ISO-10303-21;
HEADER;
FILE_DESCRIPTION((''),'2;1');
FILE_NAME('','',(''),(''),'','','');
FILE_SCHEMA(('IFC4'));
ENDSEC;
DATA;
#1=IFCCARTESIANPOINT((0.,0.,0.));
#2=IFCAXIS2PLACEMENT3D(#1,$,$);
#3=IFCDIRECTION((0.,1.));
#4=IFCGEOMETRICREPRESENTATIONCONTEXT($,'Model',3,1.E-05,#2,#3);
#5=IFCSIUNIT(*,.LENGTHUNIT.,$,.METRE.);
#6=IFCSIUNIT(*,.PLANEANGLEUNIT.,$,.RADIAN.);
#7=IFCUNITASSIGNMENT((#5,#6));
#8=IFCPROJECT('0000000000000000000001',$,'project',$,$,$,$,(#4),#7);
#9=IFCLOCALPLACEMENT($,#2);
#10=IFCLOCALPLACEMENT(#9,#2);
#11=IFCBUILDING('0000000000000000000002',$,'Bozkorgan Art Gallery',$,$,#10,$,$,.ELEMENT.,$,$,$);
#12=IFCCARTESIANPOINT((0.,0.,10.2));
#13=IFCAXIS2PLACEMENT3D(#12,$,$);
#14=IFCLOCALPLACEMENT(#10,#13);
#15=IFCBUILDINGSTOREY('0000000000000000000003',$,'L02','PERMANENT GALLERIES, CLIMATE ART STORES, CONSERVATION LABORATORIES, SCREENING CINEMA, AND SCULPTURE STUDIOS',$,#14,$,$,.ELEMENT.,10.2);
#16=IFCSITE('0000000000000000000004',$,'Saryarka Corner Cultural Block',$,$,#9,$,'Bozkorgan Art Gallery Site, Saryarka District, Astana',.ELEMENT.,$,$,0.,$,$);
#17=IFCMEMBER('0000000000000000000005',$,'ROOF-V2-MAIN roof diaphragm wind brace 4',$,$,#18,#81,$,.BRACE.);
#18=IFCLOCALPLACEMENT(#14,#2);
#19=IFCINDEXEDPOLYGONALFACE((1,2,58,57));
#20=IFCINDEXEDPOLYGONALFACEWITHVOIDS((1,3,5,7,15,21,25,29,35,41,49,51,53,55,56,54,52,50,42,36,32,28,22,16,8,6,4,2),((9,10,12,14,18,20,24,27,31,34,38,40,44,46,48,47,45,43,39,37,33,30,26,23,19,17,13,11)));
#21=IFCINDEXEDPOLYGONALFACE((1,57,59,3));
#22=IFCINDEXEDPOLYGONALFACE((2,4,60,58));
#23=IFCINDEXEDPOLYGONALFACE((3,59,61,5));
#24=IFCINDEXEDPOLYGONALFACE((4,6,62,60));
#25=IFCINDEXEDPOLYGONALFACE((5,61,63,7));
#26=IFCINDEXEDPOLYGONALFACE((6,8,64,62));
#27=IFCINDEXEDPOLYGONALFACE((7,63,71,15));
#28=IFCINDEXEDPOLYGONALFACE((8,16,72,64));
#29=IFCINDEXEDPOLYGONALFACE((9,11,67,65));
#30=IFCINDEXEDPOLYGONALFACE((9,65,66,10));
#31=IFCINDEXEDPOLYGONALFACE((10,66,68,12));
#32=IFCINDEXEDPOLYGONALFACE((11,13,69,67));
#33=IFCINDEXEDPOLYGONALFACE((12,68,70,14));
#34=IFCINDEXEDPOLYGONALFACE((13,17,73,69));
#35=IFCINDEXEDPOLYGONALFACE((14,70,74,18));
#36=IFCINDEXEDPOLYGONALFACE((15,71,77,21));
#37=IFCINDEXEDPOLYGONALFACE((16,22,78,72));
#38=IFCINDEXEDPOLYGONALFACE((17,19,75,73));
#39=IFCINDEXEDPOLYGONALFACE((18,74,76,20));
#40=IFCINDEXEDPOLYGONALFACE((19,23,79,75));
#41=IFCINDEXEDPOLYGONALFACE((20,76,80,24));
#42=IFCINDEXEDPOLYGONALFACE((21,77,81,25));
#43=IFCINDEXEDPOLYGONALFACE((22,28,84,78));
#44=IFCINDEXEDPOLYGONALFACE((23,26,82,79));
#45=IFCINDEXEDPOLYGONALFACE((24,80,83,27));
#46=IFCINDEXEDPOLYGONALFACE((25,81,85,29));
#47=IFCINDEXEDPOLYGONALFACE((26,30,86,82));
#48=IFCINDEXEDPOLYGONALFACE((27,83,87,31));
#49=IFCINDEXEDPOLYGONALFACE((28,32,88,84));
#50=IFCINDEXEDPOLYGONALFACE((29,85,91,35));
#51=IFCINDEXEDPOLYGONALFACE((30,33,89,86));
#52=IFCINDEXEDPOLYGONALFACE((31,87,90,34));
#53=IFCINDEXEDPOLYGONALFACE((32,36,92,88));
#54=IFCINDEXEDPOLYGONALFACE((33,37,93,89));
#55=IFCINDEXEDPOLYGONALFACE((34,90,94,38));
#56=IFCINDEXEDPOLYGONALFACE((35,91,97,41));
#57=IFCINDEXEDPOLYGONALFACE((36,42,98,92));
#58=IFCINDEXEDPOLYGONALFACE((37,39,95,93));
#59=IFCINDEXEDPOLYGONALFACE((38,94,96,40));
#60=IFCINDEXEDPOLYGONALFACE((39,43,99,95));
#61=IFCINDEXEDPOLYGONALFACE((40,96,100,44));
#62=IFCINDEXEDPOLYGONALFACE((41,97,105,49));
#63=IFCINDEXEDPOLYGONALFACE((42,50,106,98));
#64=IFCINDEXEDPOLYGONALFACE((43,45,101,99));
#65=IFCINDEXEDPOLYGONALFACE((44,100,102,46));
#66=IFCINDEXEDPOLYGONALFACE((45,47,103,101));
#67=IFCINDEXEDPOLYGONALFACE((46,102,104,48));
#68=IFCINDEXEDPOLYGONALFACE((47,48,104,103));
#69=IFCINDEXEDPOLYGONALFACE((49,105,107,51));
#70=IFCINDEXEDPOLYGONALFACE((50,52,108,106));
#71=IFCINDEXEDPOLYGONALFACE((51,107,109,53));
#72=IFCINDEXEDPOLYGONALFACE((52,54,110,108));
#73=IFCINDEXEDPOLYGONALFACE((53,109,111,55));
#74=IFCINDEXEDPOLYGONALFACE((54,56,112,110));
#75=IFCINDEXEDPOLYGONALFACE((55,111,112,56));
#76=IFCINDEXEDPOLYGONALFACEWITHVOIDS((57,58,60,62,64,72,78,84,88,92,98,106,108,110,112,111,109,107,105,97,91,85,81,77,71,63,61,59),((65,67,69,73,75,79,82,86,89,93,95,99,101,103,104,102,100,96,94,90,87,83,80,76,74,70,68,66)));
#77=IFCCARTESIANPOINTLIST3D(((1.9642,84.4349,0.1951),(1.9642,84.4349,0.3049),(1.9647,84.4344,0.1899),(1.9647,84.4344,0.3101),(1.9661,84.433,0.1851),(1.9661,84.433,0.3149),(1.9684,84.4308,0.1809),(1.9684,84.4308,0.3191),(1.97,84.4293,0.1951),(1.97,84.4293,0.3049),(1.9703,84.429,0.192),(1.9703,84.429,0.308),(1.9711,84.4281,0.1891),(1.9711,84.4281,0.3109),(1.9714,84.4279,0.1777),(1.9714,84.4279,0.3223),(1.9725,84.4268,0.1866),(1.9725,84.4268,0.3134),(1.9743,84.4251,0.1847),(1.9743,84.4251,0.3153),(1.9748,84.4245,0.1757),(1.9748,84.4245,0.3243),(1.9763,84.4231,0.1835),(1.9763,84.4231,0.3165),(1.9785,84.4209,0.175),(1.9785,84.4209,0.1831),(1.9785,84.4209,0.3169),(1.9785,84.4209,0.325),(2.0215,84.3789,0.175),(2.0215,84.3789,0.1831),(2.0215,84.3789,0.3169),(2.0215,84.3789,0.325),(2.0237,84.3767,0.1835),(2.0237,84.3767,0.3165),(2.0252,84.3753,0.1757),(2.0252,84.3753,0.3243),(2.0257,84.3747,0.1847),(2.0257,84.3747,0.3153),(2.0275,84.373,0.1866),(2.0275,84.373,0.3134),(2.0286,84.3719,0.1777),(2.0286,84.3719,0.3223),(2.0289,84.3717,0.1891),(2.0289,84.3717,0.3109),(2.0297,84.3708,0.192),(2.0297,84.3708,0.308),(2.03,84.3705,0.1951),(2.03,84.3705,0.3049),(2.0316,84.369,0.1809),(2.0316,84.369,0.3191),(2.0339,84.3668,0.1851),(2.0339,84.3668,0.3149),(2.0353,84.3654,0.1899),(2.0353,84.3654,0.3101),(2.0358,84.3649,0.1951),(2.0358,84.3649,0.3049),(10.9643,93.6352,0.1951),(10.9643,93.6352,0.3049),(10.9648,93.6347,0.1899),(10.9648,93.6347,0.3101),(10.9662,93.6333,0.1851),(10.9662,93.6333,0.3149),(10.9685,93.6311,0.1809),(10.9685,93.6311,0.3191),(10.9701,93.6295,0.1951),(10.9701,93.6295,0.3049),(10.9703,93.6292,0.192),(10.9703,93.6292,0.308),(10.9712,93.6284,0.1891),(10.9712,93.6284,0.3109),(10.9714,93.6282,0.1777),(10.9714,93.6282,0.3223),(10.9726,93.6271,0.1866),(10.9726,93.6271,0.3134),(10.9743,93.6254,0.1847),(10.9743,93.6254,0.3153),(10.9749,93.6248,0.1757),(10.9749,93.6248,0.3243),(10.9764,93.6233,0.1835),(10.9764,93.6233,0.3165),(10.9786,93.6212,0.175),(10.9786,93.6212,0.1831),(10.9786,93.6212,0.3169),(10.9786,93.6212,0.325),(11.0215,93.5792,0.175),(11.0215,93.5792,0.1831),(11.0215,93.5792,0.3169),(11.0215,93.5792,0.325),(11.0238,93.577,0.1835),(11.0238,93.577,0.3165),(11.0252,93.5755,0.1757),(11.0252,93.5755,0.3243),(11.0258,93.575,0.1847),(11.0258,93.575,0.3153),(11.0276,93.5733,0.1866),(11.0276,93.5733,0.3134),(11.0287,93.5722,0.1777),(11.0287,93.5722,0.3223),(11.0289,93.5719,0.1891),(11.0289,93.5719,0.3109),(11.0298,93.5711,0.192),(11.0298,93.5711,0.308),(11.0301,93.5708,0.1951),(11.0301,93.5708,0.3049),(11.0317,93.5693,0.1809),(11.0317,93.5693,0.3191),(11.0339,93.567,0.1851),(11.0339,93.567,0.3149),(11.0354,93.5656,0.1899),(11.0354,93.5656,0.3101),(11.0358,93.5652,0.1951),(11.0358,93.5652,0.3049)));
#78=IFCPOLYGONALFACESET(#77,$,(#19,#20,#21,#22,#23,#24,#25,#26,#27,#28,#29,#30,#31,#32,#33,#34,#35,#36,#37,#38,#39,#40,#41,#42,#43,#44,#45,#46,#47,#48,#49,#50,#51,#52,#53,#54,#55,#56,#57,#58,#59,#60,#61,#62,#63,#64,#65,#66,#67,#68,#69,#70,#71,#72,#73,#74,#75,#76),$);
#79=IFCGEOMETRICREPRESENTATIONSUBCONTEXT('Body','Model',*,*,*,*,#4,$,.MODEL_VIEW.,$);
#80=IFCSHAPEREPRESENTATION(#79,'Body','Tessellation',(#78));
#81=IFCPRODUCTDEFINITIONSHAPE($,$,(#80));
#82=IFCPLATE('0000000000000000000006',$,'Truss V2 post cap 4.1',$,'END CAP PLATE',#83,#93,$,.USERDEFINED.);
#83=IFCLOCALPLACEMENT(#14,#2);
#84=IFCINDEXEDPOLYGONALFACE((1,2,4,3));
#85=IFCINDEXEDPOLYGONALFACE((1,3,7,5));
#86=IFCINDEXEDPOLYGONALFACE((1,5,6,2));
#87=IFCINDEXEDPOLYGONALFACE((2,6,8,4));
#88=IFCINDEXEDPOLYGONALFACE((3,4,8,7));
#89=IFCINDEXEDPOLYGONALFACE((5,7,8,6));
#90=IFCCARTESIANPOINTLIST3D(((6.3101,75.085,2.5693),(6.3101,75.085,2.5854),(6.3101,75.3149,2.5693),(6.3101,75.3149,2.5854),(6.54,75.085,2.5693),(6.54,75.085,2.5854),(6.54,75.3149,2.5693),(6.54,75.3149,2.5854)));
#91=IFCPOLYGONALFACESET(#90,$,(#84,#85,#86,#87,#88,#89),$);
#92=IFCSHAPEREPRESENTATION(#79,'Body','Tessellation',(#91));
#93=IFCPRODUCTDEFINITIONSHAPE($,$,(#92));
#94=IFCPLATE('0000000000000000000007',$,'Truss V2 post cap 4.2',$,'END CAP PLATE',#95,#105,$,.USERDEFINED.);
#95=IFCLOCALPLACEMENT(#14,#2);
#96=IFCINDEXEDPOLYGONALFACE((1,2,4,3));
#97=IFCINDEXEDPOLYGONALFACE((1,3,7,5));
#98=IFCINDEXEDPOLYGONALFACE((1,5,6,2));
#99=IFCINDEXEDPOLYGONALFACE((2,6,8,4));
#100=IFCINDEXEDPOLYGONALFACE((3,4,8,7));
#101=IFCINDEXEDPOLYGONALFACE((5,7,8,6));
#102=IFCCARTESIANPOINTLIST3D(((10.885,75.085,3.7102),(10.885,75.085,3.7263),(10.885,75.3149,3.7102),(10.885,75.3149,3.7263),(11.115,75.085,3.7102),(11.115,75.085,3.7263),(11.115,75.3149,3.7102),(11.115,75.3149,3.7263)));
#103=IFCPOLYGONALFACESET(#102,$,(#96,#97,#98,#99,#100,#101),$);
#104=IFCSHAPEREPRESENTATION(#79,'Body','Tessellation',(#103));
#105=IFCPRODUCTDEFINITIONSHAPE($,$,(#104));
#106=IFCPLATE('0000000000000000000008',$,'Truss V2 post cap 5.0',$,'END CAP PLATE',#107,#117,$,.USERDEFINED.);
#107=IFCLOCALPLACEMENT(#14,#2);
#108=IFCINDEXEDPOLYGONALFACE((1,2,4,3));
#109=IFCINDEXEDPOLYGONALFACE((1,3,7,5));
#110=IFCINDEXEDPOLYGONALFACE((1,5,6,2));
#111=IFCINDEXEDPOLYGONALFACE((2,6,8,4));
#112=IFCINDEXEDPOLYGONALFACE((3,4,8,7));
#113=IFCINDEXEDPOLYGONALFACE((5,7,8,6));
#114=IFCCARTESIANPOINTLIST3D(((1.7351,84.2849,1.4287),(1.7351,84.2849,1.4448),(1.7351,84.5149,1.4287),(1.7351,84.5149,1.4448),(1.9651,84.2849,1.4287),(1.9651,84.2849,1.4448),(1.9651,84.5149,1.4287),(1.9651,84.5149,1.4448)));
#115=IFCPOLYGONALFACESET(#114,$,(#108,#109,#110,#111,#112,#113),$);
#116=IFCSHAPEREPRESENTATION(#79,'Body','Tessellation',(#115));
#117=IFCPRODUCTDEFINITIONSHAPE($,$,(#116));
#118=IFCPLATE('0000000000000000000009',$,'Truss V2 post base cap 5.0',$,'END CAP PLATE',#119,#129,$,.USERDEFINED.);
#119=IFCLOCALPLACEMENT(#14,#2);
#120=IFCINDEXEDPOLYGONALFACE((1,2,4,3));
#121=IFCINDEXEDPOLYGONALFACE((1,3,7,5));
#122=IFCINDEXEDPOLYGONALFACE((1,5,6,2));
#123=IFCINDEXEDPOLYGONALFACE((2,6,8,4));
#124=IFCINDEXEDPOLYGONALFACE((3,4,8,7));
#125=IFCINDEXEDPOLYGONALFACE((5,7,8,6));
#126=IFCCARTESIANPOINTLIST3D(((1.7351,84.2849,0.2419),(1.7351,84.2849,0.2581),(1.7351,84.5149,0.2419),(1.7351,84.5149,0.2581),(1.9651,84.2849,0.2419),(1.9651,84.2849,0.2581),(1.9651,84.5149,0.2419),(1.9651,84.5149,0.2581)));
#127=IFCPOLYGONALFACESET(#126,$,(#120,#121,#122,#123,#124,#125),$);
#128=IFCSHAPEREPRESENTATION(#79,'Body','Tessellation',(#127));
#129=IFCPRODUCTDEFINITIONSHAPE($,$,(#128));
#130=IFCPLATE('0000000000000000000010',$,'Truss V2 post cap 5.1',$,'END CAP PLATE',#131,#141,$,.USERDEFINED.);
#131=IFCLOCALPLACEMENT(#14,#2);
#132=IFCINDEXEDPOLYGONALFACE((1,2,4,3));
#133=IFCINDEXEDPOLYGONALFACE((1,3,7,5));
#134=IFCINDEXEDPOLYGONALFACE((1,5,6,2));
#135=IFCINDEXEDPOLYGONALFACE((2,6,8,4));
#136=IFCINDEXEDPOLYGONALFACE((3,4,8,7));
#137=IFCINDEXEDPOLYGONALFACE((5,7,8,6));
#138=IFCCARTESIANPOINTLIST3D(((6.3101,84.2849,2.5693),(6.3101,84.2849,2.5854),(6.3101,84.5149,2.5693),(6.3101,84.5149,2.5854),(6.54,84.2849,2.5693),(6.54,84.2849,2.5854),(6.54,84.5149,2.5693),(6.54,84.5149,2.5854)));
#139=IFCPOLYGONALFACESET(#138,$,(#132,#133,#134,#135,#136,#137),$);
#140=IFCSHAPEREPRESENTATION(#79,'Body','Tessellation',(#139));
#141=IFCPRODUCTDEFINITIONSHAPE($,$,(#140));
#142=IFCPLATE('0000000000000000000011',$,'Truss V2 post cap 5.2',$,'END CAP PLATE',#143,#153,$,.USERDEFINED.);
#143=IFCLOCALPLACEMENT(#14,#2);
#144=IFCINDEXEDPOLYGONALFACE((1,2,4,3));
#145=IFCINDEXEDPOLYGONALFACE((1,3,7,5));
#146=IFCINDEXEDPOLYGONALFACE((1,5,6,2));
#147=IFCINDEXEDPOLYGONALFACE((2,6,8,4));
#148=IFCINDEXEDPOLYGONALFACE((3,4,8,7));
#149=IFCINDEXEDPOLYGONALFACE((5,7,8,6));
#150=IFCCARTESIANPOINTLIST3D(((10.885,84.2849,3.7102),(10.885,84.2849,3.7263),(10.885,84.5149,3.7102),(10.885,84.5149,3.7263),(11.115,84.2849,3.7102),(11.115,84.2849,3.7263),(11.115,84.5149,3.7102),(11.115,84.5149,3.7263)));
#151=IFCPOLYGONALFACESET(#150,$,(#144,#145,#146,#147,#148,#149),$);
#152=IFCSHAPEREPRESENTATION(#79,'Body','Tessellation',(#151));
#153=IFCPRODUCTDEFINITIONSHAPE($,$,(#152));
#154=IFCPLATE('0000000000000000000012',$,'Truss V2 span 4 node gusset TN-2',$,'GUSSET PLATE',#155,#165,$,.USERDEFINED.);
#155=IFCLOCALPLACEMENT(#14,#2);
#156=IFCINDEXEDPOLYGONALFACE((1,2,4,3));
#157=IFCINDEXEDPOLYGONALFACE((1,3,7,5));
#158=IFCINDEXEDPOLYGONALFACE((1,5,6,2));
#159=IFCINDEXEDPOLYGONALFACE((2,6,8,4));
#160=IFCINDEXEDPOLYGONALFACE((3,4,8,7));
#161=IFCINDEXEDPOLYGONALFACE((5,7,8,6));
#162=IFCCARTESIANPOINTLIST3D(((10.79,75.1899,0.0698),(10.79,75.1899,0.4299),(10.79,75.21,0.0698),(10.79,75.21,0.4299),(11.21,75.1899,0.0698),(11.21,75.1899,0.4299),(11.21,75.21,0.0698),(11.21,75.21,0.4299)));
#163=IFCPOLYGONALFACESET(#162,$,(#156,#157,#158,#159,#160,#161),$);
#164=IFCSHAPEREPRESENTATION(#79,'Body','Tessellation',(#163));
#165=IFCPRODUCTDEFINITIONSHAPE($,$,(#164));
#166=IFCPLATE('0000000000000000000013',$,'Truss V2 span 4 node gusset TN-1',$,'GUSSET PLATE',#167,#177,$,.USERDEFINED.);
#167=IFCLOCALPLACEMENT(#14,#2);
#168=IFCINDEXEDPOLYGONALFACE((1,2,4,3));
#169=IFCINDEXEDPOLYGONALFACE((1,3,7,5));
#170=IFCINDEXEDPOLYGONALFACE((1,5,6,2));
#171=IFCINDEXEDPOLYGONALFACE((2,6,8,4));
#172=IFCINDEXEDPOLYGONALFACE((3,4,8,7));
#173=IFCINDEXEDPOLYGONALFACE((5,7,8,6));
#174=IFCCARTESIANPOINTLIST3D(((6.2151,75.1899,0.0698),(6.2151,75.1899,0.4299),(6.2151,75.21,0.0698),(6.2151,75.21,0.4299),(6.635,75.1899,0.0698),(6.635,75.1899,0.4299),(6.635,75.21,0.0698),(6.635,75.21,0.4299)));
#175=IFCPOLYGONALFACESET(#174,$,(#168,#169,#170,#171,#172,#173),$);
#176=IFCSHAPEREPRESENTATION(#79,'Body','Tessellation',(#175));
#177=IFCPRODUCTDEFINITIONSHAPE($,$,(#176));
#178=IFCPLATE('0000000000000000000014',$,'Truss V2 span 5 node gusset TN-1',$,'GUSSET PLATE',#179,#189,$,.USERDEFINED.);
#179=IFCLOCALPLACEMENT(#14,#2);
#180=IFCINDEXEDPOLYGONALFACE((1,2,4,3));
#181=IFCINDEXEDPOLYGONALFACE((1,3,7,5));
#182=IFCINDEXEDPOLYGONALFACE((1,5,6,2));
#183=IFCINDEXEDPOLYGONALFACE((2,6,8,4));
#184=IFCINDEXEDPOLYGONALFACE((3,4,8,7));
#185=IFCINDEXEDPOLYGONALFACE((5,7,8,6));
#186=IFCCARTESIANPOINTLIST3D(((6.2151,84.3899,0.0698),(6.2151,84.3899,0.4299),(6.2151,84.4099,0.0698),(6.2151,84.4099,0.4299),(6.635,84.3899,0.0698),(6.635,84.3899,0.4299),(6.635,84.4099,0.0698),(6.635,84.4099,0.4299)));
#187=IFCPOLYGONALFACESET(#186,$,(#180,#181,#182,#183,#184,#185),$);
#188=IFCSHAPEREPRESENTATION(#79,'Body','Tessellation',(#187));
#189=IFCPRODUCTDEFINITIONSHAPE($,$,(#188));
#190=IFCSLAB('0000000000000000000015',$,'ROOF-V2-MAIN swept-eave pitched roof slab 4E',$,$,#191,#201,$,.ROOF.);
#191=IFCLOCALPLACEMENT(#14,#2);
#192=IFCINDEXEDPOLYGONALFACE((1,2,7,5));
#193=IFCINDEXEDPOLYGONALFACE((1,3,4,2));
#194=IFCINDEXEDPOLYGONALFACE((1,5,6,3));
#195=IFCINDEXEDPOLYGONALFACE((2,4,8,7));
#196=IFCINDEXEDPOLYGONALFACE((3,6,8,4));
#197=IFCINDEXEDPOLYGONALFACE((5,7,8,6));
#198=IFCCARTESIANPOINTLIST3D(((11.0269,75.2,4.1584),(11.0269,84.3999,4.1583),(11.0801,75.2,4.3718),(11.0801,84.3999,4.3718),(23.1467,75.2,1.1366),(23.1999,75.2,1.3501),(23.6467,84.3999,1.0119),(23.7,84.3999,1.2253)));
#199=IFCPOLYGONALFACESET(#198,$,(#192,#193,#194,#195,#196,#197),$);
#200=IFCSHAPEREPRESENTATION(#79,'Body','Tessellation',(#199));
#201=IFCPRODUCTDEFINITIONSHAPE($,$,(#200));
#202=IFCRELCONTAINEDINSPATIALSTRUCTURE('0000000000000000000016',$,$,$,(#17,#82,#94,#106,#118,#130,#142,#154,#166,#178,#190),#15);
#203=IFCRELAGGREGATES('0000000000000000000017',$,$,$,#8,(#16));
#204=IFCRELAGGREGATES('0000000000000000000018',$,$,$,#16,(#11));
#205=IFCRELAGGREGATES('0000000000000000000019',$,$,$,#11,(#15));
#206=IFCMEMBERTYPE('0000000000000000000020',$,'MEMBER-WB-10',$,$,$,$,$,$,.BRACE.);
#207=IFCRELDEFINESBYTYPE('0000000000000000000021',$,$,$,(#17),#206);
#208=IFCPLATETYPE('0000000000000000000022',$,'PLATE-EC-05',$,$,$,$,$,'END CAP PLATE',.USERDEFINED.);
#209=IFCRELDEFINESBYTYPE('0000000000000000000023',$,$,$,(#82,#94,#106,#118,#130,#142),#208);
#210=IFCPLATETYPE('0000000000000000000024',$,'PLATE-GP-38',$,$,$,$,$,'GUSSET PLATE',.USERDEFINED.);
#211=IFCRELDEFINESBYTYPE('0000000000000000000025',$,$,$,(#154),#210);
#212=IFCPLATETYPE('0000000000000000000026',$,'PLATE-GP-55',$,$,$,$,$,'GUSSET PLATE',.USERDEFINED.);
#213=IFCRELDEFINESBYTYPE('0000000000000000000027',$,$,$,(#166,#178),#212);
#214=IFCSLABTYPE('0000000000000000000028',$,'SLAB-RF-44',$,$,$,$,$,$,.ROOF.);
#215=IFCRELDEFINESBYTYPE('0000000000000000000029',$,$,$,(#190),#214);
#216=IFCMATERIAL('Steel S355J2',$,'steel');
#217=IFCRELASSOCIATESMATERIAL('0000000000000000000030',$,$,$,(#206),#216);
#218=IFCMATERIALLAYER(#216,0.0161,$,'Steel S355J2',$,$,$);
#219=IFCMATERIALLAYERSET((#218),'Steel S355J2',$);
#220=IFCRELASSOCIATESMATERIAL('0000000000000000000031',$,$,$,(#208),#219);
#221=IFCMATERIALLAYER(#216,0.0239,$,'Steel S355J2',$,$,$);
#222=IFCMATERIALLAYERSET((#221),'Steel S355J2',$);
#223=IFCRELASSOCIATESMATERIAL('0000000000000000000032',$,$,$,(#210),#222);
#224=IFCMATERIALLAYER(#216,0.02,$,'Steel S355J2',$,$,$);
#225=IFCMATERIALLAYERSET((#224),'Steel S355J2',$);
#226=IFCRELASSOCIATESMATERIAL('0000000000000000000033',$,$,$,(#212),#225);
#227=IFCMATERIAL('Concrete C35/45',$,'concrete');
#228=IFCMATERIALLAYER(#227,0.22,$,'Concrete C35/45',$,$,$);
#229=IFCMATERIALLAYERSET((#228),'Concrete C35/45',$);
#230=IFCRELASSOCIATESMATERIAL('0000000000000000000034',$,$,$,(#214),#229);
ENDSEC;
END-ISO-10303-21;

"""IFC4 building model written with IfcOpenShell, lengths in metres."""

from ifc_helpers import new_model, si_unit, direction, frame, origin, origin_2d, place, context, subcontext, project, spatial, polyline, rectangle, hollow_rectangle, outline, extrude, material, layer, layer_set, material_profile, profile_set, type_object, element, save


model = new_model("IFC4")

# Units and contexts
model_context = context("Model", 3, precision=1e-05, world=origin(), true_north=direction((0.0, 1.0)))
body_context = subcontext(model_context, "Body", "Model", "MODEL_VIEW")
ifc_project = project(units=[si_unit("LENGTHUNIT", "METRE"), si_unit("PLANEANGLEUNIT", "RADIAN")], contexts=[model_context])

# Site, building, storey
site_placement = place(None, origin())
site = spatial("IfcSite", under=ifc_project, at=site_placement, Name="Saryarka Corner Cultural Block", LongName="Bozkorgan Art Gallery Site, Saryarka District, Astana", CompositionType="ELEMENT", RefElevation=0.0)
building_placement = place(site_placement, origin())
building = spatial("IfcBuilding", under=site, at=building_placement, Name="Bozkorgan Art Gallery", CompositionType="ELEMENT")
storey_placement = place(building_placement, frame((0.0, 0.0, 10.2)))
storey = spatial("IfcBuildingStorey", under=building, at=storey_placement, Name="L02", Description="PERMANENT GALLERIES, CLIMATE ART STORES, CONSERVATION LABORATORIES, SCREENING CINEMA, AND SCULPTURE STUDIOS", CompositionType="ELEMENT", Elevation=10.2)

# Shared definitions
ifc_material_1 = material(Name="Steel S355J2", Category="steel")

# Member
ifc_material_profile_1 = material_profile(ifc_material_1, hollow_rectangle(XDim=0.1001, YDim=0.1499, WallThickness=0.0081, InnerFilletRadius=0.012, OuterFilletRadius=0.02, at=origin_2d()), Name="RHS 150x100x8")
ifc_profile_set_1 = profile_set([ifc_material_profile_1], Name="Steel S355J2")
member_type_1 = type_object("IfcMemberType", Name="MEMBER-WB-10", PredefinedType="BRACE", material=ifc_profile_set_1)
member_1_placement = place(storey_placement, frame((2.0, 84.3999, 0.25), z_axis=(0.699287, 0.714841, 0.0), x_axis=(-0.714841, 0.699287, 0.0)))
element("IfcMember", 1, at=member_1_placement, inside=storey, type_object=member_type_1, Name="ROOF-V2-MAIN roof diaphragm wind brace 4", PredefinedType="BRACE", context=body_context, shape_type="SweptSolid", body=[
    extrude(hollow_rectangle(XDim=0.1001, YDim=0.1499, WallThickness=0.0081, InnerFilletRadius=0.012, OuterFilletRadius=0.02, at=origin_2d()), origin(), (0.0, 0.0, 1.0), 12.8704),
])

# Plates
ifc_layer_1 = layer(ifc_material_1, 0.0161, Name="Steel S355J2")
ifc_layer_set_1 = layer_set([ifc_layer_1], Name="Steel S355J2")
plate_type_1 = type_object("IfcPlateType", Name="PLATE-EC-05", ElementType="END CAP PLATE", PredefinedType="USERDEFINED", material=ifc_layer_set_1)
for number, where, z_axis, x_axis, name in (
    (2, (6.425, 75.2, 2.5693), (0.0, 0.0, 1.0), (1.0, 0.0, 0.0), "Truss V2 post cap 4.1"),
    (3, (11.0, 75.2, 3.7102), (0.0, 0.0, 1.0), (1.0, 0.0, 0.0), "Truss V2 post cap 4.2"),
    (4, (1.8501, 84.3999, 1.4287), (0.0, 0.0, 1.0), (1.0, 0.0, 0.0), "Truss V2 post cap 5.0"),
    (5, (1.8501, 84.3999, 0.2419), (0.0, 0.0, 1.0), (1.0, 0.0, 0.0), "Truss V2 post base cap 5.0"),
    (6, (6.425, 84.3999, 2.5693), (0.0, 0.0, 1.0), (1.0, 0.0, 0.0), "Truss V2 post cap 5.1"),
    (7, (11.0, 84.3999, 3.7102), (0.0, 0.0, 1.0), (1.0, 0.0, 0.0), "Truss V2 post cap 5.2"),
):
    element("IfcPlate", number, at=place(storey_placement, frame(where, z_axis=z_axis, x_axis=x_axis)), inside=storey, type_object=plate_type_1, Name=name, ObjectType="END CAP PLATE", PredefinedType="USERDEFINED", context=body_context, shape_type="SweptSolid", body=[
        extrude(rectangle(XDim=0.23, YDim=0.23, at=origin_2d()), origin(), (0.0, 0.0, 1.0), 0.0161),
    ])
ifc_layer_2 = layer(ifc_material_1, 0.0239, Name="Steel S355J2")
ifc_layer_set_2 = layer_set([ifc_layer_2], Name="Steel S355J2")
plate_type_2 = type_object("IfcPlateType", Name="PLATE-GP-38", ElementType="GUSSET PLATE", PredefinedType="USERDEFINED", material=ifc_layer_set_2)
plate_placement = place(storey_placement, frame((11.0, 75.2, 0.0698), z_axis=(0.0, 0.0, 1.0), x_axis=(1.0, 0.0, 0.0)))
element("IfcPlate", 8, at=plate_placement, inside=storey, type_object=plate_type_2, Name="Truss V2 span 4 node gusset TN-2", ObjectType="GUSSET PLATE", PredefinedType="USERDEFINED", context=body_context, shape_type="SweptSolid", body=[
    extrude(rectangle(XDim=0.4199, YDim=0.02, at=origin_2d()), origin(), (0.0, 0.0, 1.0), 0.3601),
])
ifc_layer_3 = layer(ifc_material_1, 0.02, Name="Steel S355J2")
ifc_layer_set_3 = layer_set([ifc_layer_3], Name="Steel S355J2")
plate_type_3 = type_object("IfcPlateType", Name="PLATE-GP-55", ElementType="GUSSET PLATE", PredefinedType="USERDEFINED", material=ifc_layer_set_3)
for number, where, z_axis, x_axis, name in (
    (9, (6.425, 75.2, 0.0698), (0.0, 0.0, 1.0), (1.0, 0.0, 0.0), "Truss V2 span 4 node gusset TN-1"),
    (10, (6.425, 84.3999, 0.0698), (0.0, 0.0, 1.0), (1.0, 0.0, 0.0), "Truss V2 span 5 node gusset TN-1"),
):
    element("IfcPlate", number, at=place(storey_placement, frame(where, z_axis=z_axis, x_axis=x_axis)), inside=storey, type_object=plate_type_3, Name=name, ObjectType="GUSSET PLATE", PredefinedType="USERDEFINED", context=body_context, shape_type="SweptSolid", body=[
        extrude(rectangle(XDim=0.4199, YDim=0.02, at=origin_2d()), origin(), (0.0, 0.0, 1.0), 0.3601),
    ])

# Slab
ifc_material_2 = material(Name="Concrete C35/45", Category="concrete")
ifc_layer_4 = layer(ifc_material_2, 0.22, Name="Concrete C35/45")
ifc_layer_set_4 = layer_set([ifc_layer_4], Name="Concrete C35/45")
slab_type = type_object("IfcSlabType", Name="SLAB-RF-44", PredefinedType="ROOF", material=ifc_layer_set_4)
slab_1_placement = place(storey_placement, frame((11.0801, 75.2, 4.3718), z_axis=(0.241918, 0.000005, 0.970297), x_axis=(0.970297, 0.0, -0.241918)))
element("IfcSlab", 11, at=slab_1_placement, inside=storey, type_object=slab_type, Name="ROOF-V2-MAIN swept-eave pitched roof slab 4E", PredefinedType="ROOF", context=body_context, shape_type="SweptSolid", body=[
    extrude(outline(polyline([(0.0, 0.0), (12.4909, 0.0), (13.0062, 9.2), (0.0, 9.2), (0.0, 0.0)])), origin(), (0.0, 0.0, -1.0), 0.22),
])

save(model, "model.ifc")
